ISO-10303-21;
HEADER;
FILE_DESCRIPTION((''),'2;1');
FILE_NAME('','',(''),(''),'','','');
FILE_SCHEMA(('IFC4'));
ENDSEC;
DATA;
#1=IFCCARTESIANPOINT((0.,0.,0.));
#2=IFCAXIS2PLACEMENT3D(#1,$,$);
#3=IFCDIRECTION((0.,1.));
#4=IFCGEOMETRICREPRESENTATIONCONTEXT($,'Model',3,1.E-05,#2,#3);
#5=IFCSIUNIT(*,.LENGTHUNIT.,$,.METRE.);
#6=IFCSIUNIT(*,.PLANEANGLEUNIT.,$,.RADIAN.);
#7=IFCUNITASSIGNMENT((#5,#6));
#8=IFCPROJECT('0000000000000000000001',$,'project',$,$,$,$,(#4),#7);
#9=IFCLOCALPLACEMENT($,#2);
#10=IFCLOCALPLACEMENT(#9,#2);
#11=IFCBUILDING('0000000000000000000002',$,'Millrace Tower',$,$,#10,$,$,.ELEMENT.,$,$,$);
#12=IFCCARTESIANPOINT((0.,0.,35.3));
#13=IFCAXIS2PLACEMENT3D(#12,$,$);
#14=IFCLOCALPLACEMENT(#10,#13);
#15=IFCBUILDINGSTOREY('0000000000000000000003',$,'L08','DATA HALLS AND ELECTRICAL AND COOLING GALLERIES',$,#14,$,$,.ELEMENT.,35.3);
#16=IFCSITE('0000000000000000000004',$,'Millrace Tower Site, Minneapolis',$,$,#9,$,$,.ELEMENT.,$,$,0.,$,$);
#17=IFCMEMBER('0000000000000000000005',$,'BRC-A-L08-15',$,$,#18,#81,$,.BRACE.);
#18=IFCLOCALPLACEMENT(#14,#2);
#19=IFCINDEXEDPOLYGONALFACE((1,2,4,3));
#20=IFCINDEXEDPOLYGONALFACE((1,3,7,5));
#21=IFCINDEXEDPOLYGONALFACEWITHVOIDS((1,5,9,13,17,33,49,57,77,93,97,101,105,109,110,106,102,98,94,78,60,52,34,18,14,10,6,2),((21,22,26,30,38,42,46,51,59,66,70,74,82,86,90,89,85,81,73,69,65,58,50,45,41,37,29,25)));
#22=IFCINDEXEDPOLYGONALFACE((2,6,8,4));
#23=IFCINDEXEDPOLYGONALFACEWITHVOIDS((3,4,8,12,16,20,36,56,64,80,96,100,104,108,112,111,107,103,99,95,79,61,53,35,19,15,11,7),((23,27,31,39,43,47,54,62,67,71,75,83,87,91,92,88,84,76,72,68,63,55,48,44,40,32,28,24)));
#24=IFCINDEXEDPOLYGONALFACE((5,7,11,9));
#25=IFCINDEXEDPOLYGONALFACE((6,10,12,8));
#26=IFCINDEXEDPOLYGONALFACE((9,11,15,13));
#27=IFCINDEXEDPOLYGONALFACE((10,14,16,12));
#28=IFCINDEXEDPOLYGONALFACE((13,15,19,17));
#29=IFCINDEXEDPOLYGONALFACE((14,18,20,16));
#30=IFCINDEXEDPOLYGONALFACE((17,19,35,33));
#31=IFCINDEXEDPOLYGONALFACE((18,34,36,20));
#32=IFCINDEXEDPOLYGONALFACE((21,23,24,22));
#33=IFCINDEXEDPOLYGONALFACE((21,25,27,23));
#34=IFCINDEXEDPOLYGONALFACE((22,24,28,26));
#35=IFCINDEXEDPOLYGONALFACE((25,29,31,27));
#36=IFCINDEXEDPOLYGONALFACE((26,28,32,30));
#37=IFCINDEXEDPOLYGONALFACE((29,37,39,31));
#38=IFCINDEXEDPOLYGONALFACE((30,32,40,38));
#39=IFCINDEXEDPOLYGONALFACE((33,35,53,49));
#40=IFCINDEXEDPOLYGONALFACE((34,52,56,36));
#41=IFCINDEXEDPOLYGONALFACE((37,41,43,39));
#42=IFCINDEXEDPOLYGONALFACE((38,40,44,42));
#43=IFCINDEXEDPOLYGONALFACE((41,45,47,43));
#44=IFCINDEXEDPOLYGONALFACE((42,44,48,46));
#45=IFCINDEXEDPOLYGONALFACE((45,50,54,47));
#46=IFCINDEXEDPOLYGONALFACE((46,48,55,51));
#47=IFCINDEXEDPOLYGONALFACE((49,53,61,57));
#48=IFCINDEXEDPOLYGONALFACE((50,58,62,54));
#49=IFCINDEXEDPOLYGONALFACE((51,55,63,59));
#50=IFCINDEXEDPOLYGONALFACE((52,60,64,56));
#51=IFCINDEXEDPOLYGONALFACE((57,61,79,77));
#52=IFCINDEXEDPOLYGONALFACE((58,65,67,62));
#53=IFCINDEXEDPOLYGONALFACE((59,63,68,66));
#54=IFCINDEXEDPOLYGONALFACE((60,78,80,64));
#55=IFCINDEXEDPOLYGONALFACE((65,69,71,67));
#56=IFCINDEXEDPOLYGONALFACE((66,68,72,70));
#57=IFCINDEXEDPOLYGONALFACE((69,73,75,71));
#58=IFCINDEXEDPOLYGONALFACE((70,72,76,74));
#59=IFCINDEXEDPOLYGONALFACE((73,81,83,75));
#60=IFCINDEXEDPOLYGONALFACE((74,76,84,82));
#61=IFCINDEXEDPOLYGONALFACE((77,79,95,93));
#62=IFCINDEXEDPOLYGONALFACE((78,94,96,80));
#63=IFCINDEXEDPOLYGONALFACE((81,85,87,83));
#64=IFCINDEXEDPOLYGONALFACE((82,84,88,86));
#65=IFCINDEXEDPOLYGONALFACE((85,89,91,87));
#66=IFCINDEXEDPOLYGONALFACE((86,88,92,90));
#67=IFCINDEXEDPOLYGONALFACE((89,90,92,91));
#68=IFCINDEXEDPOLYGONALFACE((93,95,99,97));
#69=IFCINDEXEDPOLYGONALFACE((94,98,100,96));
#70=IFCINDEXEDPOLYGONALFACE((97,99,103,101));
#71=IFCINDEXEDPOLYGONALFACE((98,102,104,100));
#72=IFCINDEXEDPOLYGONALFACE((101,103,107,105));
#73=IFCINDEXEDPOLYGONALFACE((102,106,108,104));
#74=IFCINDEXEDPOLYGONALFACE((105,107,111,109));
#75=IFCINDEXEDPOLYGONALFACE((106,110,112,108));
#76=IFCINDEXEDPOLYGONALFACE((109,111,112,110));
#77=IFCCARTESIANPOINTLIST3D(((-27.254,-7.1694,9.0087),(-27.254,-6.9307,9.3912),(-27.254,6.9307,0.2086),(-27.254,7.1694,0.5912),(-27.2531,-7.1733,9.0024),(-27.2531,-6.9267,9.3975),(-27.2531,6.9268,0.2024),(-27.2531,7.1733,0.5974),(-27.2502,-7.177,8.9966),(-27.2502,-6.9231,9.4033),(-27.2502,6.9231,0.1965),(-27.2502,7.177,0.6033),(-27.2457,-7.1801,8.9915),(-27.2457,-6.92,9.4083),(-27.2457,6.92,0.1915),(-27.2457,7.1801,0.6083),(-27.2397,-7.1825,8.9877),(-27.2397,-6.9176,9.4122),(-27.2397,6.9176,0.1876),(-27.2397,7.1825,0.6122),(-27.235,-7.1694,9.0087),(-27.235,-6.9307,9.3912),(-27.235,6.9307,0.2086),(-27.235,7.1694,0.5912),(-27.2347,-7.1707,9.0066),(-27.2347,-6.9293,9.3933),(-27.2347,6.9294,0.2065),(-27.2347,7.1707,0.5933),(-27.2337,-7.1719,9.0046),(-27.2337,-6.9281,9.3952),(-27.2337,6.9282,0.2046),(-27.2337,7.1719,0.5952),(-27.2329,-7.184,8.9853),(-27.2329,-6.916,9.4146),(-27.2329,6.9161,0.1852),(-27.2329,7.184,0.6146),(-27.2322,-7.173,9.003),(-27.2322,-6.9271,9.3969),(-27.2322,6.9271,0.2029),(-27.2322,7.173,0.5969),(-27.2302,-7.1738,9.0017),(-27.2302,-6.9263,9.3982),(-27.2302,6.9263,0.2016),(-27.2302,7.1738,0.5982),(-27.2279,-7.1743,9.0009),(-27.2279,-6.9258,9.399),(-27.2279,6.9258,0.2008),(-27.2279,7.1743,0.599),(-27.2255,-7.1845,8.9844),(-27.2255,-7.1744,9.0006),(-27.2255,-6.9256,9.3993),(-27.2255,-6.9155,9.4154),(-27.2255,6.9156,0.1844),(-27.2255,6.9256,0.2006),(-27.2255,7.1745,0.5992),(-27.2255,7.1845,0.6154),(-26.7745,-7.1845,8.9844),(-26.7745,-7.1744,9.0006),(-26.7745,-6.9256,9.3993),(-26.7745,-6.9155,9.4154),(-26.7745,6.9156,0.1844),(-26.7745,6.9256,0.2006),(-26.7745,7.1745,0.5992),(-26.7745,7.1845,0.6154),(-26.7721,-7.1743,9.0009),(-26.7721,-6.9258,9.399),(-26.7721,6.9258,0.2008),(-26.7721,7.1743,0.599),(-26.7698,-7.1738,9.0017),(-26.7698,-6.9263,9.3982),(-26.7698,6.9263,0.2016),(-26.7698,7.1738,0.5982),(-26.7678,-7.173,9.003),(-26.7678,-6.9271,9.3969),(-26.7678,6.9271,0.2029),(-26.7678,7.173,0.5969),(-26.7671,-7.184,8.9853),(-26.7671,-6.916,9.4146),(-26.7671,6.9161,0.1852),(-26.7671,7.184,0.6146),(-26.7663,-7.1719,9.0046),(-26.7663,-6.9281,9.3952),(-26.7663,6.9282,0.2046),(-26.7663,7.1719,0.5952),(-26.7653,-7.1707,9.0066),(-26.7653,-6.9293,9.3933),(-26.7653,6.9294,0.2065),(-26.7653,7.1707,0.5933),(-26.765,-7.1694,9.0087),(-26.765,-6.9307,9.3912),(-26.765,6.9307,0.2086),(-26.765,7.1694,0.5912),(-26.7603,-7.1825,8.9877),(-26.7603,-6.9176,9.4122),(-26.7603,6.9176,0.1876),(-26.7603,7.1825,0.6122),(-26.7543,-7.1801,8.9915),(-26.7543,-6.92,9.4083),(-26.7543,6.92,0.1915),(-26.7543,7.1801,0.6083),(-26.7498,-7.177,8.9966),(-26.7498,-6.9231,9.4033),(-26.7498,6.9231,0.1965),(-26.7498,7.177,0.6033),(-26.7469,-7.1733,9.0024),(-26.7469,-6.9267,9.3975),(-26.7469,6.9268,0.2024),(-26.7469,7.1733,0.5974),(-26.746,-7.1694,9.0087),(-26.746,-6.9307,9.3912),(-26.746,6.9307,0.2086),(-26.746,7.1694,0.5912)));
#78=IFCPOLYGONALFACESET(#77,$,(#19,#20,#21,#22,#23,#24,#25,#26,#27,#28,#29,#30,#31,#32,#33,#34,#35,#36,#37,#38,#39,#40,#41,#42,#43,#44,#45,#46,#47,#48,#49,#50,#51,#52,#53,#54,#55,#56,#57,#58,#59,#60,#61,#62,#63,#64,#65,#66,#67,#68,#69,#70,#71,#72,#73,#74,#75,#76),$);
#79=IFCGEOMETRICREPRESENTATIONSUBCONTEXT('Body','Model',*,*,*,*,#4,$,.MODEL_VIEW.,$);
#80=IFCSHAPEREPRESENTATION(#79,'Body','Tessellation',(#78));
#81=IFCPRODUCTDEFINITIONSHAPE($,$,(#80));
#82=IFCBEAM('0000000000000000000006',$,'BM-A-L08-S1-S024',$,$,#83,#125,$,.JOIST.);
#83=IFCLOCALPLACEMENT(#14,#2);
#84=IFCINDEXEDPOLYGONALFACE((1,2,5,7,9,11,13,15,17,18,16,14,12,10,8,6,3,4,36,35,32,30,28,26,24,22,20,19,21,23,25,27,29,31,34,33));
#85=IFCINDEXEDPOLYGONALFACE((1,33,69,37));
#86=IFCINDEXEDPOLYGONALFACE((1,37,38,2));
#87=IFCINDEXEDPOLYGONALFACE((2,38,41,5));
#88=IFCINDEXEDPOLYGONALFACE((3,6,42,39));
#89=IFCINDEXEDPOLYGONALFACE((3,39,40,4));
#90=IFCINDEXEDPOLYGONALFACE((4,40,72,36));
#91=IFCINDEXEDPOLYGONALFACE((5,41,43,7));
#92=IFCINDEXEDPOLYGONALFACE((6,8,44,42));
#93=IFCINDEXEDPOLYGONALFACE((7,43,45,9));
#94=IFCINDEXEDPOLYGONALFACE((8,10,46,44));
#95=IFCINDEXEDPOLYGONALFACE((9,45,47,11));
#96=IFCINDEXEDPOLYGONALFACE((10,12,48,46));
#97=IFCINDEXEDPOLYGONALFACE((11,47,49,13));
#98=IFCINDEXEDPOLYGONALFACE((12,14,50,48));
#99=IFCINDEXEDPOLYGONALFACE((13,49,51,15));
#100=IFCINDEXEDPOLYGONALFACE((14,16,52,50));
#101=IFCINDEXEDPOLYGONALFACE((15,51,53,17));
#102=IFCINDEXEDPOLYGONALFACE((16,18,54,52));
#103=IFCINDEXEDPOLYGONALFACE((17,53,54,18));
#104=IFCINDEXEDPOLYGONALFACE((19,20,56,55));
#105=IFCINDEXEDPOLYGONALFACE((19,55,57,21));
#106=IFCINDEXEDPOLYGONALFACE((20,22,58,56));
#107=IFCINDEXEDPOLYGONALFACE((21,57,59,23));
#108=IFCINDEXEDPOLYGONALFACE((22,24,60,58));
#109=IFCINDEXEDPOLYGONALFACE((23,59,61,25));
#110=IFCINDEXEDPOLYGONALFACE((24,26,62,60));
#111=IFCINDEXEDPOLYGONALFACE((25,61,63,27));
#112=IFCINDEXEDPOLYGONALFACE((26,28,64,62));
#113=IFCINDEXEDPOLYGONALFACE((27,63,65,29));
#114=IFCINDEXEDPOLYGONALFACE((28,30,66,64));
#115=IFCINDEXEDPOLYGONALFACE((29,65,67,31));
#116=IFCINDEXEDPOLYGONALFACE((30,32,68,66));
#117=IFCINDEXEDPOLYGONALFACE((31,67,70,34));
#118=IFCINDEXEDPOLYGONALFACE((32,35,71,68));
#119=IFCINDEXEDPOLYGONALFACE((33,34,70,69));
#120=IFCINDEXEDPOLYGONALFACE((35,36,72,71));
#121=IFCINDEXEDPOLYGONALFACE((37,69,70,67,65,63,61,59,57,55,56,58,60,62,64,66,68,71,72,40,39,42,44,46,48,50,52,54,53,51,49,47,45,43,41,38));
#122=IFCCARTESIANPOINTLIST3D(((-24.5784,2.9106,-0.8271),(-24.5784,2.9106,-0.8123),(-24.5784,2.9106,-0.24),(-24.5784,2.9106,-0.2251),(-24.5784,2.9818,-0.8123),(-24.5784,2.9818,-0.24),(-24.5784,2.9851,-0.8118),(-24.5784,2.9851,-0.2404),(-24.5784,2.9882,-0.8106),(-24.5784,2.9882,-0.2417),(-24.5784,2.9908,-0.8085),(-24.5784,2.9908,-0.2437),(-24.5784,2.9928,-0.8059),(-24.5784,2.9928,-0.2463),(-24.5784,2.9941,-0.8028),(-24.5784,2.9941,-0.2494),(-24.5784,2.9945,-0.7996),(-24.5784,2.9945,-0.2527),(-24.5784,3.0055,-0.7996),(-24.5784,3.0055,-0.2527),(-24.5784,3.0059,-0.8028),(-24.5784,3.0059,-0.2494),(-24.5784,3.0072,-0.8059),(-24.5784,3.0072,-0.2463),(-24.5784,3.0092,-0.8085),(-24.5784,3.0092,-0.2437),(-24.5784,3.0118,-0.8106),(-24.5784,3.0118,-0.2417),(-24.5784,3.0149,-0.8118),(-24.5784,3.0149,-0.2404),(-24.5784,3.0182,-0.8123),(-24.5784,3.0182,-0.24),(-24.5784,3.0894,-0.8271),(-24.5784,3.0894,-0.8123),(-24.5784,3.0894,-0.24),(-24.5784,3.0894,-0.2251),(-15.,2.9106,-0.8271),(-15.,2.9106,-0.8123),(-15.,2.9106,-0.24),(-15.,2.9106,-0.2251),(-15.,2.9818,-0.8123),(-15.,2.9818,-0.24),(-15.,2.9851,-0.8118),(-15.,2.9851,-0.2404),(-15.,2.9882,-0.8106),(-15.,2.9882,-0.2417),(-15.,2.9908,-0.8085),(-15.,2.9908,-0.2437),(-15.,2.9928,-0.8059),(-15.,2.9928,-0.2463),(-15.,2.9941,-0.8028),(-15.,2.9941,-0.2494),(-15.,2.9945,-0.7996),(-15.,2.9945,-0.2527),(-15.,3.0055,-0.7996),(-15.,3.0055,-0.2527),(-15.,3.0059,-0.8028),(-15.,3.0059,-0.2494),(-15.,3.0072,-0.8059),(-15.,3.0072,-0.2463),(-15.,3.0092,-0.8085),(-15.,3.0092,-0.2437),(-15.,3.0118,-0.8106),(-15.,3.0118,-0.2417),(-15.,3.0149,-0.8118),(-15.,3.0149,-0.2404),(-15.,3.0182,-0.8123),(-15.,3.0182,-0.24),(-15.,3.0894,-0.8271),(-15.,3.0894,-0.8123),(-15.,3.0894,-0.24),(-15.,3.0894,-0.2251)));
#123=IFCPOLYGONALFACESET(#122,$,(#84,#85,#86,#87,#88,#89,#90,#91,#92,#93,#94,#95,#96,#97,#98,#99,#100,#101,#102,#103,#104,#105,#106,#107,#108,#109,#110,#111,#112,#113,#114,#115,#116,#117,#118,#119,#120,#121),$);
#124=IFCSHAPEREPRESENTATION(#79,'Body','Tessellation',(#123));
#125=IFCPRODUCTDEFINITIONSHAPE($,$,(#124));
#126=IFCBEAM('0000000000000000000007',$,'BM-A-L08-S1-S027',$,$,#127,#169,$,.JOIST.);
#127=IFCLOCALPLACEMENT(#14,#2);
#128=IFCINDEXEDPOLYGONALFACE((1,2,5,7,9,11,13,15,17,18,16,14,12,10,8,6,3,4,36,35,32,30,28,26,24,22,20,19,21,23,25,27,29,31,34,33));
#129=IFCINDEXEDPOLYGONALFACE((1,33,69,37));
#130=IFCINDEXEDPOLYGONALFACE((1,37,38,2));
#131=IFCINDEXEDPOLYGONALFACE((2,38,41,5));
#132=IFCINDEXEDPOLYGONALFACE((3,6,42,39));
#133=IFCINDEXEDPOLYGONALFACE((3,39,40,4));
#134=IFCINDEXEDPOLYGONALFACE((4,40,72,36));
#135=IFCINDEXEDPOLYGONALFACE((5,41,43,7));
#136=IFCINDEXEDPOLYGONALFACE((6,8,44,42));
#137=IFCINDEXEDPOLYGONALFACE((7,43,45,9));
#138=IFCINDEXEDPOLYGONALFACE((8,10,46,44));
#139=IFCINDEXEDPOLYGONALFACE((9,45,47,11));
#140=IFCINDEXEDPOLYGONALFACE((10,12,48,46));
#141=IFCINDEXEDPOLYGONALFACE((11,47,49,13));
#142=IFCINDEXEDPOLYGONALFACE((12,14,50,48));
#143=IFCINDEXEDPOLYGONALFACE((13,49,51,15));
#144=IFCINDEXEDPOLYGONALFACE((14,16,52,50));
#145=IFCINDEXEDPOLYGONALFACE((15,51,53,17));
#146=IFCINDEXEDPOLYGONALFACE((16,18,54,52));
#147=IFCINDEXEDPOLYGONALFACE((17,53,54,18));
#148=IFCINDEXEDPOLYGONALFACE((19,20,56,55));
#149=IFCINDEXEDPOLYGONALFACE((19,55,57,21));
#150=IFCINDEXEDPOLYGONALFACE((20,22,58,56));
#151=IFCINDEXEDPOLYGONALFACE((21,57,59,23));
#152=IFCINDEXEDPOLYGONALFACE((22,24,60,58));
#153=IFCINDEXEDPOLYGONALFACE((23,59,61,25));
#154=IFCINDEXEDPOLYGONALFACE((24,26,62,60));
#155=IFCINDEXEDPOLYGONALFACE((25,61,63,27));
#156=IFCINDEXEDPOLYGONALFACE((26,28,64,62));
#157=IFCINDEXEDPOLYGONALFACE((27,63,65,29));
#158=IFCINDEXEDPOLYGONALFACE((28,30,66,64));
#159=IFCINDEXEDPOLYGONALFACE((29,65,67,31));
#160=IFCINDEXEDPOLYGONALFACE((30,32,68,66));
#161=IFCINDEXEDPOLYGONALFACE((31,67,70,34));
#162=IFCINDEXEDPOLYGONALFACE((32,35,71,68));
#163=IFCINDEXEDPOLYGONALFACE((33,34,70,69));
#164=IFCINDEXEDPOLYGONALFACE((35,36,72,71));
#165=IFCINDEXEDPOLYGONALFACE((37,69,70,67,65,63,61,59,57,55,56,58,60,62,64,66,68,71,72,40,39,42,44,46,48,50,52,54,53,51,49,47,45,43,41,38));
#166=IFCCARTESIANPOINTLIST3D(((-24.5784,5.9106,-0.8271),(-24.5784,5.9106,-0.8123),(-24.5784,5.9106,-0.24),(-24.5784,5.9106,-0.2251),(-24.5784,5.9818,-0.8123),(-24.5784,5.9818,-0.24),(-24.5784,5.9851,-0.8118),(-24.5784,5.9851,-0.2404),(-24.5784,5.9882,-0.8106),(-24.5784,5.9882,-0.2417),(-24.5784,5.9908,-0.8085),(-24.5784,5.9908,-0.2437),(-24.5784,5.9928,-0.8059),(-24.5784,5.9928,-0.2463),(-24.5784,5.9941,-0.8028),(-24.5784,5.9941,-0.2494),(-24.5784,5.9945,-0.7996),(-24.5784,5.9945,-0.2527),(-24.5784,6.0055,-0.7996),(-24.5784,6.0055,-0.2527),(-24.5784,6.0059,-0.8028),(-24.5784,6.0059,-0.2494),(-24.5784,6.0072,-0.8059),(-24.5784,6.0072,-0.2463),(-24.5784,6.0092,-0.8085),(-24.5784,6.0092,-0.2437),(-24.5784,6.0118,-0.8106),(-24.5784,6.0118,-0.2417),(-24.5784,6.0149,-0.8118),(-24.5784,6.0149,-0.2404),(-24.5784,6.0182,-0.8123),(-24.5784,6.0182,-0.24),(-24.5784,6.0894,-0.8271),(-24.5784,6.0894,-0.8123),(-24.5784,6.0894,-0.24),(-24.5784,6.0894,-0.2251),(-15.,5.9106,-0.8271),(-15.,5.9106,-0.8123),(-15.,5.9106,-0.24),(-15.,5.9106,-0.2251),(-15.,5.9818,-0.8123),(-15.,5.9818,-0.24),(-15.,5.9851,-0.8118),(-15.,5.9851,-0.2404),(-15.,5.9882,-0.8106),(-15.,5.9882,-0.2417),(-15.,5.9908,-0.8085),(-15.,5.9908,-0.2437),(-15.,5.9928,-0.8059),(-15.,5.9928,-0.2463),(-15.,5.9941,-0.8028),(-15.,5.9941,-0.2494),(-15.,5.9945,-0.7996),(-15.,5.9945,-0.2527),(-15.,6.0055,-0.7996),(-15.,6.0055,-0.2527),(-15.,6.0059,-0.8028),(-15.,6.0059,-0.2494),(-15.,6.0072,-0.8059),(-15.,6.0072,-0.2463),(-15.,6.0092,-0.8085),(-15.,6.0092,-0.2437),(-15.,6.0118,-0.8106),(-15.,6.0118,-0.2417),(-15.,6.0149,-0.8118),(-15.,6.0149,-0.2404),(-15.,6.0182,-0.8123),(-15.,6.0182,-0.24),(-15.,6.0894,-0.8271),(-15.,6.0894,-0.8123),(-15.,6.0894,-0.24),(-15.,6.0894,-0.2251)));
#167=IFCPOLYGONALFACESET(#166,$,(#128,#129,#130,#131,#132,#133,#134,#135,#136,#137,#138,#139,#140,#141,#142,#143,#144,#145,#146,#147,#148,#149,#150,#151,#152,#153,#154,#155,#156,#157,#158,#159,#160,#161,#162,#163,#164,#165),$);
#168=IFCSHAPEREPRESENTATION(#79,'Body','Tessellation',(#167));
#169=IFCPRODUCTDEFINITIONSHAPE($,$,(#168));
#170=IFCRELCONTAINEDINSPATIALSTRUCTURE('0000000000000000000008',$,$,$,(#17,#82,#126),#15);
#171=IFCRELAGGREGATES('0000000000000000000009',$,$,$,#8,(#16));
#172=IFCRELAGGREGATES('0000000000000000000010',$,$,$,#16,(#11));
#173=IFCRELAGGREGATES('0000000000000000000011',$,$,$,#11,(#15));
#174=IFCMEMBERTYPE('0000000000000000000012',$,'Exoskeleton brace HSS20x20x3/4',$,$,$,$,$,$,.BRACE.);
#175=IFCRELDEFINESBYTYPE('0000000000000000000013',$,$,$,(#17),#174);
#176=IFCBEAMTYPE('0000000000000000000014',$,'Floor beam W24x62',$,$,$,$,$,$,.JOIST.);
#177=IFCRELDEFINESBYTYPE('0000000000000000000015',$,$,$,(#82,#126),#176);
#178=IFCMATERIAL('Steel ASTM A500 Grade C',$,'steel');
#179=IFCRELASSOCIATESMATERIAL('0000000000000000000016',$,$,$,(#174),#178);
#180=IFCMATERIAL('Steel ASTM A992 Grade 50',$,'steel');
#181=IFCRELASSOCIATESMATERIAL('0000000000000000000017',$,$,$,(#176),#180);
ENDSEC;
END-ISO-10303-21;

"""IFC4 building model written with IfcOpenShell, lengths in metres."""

from ifc_helpers import new_model, si_unit, direction, frame, origin, origin_2d, place, context, subcontext, project, spatial, hollow_rectangle, i_section, extrude, material, material_profile, profile_set, type_object, element, save


model = new_model("IFC4")

# Units and contexts
model_context = context("Model", 3, precision=1e-05, world=origin(), true_north=direction((0.0, 1.0)))
body_context = subcontext(model_context, "Body", "Model", "MODEL_VIEW")
ifc_project = project(units=[si_unit("LENGTHUNIT", "METRE"), si_unit("PLANEANGLEUNIT", "RADIAN")], contexts=[model_context])

# Site, building, storey
site_placement = place(None, origin())
site = spatial("IfcSite", under=ifc_project, at=site_placement, Name="Millrace Tower Site, Minneapolis", CompositionType="ELEMENT", RefElevation=0.0)
building_placement = place(site_placement, origin())
building = spatial("IfcBuilding", under=site, at=building_placement, Name="Millrace Tower", CompositionType="ELEMENT")
storey_placement = place(building_placement, frame((0.0, 0.0, 35.3)))
storey = spatial("IfcBuildingStorey", under=building, at=storey_placement, Name="L08", Description="DATA HALLS AND ELECTRICAL AND COOLING GALLERIES", CompositionType="ELEMENT", Elevation=35.3)

# Member
ifc_material_1 = material(Name="Steel ASTM A500 Grade C", Category="steel")
ifc_material_profile_1 = material_profile(ifc_material_1, hollow_rectangle(XDim=0.5081, YDim=0.5081, WallThickness=0.019, InnerFilletRadius=0.0095, OuterFilletRadius=0.0286, at=origin_2d()))
ifc_profile_set_1 = profile_set([ifc_material_profile_1], Name="Steel ASTM A500 Grade C")
member_type_1 = type_object("IfcMemberType", Name="Exoskeleton brace HSS20x20x3/4", PredefinedType="BRACE", material=ifc_profile_set_1)
member_1_placement = place(storey_placement, frame((-27.0, 7.05, 0.3999), z_axis=(0.0, -0.848336, 0.529457), x_axis=(1.0, 0.0, 0.0)))
element("IfcMember", 1, at=member_1_placement, inside=storey, type_object=member_type_1, Name="BRC-A-L08-15", PredefinedType="BRACE", context=body_context, shape_type="SweptSolid", body=[
    extrude(hollow_rectangle(XDim=0.5081, YDim=0.5081, WallThickness=0.019, InnerFilletRadius=0.0095, OuterFilletRadius=0.0286, at=origin_2d()), origin(), (0.0, 0.0, 1.0), 16.6208),
])

# Beams
ifc_material_2 = material(Name="Steel ASTM A992 Grade 50", Category="steel")
ifc_material_profile_2 = material_profile(ifc_material_2, i_section(OverallWidth=0.1787, OverallDepth=0.6021, WebThickness=0.011, FlangeThickness=0.0149, FilletRadius=0.0127, at=origin_2d()))
ifc_profile_set_2 = profile_set([ifc_material_profile_2], Name="Steel ASTM A992 Grade 50")
beam_type_1 = type_object("IfcBeamType", Name="Floor beam W24x62", PredefinedType="JOIST", material=ifc_profile_set_2)
for number, where, z_axis, x_axis, name in (
    (2, (-24.5784, 3.0, -0.5261), (1.0, 0.0, 0.0), (0.0, 1.0, 0.0), "BM-A-L08-S1-S024"),
    (3, (-24.5784, 6.0, -0.5261), (1.0, 0.0, 0.0), (0.0, 1.0, 0.0), "BM-A-L08-S1-S027"),
):
    element("IfcBeam", number, at=place(storey_placement, frame(where, z_axis=z_axis, x_axis=x_axis)), inside=storey, type_object=beam_type_1, Name=name, PredefinedType="JOIST", context=body_context, shape_type="SweptSolid", body=[
        extrude(i_section(OverallWidth=0.1787, OverallDepth=0.6021, WebThickness=0.011, FlangeThickness=0.0149, FilletRadius=0.0127, at=origin_2d()), origin(), (0.0, 0.0, 1.0), 9.5784),
    ])

save(model, "model.ifc")
